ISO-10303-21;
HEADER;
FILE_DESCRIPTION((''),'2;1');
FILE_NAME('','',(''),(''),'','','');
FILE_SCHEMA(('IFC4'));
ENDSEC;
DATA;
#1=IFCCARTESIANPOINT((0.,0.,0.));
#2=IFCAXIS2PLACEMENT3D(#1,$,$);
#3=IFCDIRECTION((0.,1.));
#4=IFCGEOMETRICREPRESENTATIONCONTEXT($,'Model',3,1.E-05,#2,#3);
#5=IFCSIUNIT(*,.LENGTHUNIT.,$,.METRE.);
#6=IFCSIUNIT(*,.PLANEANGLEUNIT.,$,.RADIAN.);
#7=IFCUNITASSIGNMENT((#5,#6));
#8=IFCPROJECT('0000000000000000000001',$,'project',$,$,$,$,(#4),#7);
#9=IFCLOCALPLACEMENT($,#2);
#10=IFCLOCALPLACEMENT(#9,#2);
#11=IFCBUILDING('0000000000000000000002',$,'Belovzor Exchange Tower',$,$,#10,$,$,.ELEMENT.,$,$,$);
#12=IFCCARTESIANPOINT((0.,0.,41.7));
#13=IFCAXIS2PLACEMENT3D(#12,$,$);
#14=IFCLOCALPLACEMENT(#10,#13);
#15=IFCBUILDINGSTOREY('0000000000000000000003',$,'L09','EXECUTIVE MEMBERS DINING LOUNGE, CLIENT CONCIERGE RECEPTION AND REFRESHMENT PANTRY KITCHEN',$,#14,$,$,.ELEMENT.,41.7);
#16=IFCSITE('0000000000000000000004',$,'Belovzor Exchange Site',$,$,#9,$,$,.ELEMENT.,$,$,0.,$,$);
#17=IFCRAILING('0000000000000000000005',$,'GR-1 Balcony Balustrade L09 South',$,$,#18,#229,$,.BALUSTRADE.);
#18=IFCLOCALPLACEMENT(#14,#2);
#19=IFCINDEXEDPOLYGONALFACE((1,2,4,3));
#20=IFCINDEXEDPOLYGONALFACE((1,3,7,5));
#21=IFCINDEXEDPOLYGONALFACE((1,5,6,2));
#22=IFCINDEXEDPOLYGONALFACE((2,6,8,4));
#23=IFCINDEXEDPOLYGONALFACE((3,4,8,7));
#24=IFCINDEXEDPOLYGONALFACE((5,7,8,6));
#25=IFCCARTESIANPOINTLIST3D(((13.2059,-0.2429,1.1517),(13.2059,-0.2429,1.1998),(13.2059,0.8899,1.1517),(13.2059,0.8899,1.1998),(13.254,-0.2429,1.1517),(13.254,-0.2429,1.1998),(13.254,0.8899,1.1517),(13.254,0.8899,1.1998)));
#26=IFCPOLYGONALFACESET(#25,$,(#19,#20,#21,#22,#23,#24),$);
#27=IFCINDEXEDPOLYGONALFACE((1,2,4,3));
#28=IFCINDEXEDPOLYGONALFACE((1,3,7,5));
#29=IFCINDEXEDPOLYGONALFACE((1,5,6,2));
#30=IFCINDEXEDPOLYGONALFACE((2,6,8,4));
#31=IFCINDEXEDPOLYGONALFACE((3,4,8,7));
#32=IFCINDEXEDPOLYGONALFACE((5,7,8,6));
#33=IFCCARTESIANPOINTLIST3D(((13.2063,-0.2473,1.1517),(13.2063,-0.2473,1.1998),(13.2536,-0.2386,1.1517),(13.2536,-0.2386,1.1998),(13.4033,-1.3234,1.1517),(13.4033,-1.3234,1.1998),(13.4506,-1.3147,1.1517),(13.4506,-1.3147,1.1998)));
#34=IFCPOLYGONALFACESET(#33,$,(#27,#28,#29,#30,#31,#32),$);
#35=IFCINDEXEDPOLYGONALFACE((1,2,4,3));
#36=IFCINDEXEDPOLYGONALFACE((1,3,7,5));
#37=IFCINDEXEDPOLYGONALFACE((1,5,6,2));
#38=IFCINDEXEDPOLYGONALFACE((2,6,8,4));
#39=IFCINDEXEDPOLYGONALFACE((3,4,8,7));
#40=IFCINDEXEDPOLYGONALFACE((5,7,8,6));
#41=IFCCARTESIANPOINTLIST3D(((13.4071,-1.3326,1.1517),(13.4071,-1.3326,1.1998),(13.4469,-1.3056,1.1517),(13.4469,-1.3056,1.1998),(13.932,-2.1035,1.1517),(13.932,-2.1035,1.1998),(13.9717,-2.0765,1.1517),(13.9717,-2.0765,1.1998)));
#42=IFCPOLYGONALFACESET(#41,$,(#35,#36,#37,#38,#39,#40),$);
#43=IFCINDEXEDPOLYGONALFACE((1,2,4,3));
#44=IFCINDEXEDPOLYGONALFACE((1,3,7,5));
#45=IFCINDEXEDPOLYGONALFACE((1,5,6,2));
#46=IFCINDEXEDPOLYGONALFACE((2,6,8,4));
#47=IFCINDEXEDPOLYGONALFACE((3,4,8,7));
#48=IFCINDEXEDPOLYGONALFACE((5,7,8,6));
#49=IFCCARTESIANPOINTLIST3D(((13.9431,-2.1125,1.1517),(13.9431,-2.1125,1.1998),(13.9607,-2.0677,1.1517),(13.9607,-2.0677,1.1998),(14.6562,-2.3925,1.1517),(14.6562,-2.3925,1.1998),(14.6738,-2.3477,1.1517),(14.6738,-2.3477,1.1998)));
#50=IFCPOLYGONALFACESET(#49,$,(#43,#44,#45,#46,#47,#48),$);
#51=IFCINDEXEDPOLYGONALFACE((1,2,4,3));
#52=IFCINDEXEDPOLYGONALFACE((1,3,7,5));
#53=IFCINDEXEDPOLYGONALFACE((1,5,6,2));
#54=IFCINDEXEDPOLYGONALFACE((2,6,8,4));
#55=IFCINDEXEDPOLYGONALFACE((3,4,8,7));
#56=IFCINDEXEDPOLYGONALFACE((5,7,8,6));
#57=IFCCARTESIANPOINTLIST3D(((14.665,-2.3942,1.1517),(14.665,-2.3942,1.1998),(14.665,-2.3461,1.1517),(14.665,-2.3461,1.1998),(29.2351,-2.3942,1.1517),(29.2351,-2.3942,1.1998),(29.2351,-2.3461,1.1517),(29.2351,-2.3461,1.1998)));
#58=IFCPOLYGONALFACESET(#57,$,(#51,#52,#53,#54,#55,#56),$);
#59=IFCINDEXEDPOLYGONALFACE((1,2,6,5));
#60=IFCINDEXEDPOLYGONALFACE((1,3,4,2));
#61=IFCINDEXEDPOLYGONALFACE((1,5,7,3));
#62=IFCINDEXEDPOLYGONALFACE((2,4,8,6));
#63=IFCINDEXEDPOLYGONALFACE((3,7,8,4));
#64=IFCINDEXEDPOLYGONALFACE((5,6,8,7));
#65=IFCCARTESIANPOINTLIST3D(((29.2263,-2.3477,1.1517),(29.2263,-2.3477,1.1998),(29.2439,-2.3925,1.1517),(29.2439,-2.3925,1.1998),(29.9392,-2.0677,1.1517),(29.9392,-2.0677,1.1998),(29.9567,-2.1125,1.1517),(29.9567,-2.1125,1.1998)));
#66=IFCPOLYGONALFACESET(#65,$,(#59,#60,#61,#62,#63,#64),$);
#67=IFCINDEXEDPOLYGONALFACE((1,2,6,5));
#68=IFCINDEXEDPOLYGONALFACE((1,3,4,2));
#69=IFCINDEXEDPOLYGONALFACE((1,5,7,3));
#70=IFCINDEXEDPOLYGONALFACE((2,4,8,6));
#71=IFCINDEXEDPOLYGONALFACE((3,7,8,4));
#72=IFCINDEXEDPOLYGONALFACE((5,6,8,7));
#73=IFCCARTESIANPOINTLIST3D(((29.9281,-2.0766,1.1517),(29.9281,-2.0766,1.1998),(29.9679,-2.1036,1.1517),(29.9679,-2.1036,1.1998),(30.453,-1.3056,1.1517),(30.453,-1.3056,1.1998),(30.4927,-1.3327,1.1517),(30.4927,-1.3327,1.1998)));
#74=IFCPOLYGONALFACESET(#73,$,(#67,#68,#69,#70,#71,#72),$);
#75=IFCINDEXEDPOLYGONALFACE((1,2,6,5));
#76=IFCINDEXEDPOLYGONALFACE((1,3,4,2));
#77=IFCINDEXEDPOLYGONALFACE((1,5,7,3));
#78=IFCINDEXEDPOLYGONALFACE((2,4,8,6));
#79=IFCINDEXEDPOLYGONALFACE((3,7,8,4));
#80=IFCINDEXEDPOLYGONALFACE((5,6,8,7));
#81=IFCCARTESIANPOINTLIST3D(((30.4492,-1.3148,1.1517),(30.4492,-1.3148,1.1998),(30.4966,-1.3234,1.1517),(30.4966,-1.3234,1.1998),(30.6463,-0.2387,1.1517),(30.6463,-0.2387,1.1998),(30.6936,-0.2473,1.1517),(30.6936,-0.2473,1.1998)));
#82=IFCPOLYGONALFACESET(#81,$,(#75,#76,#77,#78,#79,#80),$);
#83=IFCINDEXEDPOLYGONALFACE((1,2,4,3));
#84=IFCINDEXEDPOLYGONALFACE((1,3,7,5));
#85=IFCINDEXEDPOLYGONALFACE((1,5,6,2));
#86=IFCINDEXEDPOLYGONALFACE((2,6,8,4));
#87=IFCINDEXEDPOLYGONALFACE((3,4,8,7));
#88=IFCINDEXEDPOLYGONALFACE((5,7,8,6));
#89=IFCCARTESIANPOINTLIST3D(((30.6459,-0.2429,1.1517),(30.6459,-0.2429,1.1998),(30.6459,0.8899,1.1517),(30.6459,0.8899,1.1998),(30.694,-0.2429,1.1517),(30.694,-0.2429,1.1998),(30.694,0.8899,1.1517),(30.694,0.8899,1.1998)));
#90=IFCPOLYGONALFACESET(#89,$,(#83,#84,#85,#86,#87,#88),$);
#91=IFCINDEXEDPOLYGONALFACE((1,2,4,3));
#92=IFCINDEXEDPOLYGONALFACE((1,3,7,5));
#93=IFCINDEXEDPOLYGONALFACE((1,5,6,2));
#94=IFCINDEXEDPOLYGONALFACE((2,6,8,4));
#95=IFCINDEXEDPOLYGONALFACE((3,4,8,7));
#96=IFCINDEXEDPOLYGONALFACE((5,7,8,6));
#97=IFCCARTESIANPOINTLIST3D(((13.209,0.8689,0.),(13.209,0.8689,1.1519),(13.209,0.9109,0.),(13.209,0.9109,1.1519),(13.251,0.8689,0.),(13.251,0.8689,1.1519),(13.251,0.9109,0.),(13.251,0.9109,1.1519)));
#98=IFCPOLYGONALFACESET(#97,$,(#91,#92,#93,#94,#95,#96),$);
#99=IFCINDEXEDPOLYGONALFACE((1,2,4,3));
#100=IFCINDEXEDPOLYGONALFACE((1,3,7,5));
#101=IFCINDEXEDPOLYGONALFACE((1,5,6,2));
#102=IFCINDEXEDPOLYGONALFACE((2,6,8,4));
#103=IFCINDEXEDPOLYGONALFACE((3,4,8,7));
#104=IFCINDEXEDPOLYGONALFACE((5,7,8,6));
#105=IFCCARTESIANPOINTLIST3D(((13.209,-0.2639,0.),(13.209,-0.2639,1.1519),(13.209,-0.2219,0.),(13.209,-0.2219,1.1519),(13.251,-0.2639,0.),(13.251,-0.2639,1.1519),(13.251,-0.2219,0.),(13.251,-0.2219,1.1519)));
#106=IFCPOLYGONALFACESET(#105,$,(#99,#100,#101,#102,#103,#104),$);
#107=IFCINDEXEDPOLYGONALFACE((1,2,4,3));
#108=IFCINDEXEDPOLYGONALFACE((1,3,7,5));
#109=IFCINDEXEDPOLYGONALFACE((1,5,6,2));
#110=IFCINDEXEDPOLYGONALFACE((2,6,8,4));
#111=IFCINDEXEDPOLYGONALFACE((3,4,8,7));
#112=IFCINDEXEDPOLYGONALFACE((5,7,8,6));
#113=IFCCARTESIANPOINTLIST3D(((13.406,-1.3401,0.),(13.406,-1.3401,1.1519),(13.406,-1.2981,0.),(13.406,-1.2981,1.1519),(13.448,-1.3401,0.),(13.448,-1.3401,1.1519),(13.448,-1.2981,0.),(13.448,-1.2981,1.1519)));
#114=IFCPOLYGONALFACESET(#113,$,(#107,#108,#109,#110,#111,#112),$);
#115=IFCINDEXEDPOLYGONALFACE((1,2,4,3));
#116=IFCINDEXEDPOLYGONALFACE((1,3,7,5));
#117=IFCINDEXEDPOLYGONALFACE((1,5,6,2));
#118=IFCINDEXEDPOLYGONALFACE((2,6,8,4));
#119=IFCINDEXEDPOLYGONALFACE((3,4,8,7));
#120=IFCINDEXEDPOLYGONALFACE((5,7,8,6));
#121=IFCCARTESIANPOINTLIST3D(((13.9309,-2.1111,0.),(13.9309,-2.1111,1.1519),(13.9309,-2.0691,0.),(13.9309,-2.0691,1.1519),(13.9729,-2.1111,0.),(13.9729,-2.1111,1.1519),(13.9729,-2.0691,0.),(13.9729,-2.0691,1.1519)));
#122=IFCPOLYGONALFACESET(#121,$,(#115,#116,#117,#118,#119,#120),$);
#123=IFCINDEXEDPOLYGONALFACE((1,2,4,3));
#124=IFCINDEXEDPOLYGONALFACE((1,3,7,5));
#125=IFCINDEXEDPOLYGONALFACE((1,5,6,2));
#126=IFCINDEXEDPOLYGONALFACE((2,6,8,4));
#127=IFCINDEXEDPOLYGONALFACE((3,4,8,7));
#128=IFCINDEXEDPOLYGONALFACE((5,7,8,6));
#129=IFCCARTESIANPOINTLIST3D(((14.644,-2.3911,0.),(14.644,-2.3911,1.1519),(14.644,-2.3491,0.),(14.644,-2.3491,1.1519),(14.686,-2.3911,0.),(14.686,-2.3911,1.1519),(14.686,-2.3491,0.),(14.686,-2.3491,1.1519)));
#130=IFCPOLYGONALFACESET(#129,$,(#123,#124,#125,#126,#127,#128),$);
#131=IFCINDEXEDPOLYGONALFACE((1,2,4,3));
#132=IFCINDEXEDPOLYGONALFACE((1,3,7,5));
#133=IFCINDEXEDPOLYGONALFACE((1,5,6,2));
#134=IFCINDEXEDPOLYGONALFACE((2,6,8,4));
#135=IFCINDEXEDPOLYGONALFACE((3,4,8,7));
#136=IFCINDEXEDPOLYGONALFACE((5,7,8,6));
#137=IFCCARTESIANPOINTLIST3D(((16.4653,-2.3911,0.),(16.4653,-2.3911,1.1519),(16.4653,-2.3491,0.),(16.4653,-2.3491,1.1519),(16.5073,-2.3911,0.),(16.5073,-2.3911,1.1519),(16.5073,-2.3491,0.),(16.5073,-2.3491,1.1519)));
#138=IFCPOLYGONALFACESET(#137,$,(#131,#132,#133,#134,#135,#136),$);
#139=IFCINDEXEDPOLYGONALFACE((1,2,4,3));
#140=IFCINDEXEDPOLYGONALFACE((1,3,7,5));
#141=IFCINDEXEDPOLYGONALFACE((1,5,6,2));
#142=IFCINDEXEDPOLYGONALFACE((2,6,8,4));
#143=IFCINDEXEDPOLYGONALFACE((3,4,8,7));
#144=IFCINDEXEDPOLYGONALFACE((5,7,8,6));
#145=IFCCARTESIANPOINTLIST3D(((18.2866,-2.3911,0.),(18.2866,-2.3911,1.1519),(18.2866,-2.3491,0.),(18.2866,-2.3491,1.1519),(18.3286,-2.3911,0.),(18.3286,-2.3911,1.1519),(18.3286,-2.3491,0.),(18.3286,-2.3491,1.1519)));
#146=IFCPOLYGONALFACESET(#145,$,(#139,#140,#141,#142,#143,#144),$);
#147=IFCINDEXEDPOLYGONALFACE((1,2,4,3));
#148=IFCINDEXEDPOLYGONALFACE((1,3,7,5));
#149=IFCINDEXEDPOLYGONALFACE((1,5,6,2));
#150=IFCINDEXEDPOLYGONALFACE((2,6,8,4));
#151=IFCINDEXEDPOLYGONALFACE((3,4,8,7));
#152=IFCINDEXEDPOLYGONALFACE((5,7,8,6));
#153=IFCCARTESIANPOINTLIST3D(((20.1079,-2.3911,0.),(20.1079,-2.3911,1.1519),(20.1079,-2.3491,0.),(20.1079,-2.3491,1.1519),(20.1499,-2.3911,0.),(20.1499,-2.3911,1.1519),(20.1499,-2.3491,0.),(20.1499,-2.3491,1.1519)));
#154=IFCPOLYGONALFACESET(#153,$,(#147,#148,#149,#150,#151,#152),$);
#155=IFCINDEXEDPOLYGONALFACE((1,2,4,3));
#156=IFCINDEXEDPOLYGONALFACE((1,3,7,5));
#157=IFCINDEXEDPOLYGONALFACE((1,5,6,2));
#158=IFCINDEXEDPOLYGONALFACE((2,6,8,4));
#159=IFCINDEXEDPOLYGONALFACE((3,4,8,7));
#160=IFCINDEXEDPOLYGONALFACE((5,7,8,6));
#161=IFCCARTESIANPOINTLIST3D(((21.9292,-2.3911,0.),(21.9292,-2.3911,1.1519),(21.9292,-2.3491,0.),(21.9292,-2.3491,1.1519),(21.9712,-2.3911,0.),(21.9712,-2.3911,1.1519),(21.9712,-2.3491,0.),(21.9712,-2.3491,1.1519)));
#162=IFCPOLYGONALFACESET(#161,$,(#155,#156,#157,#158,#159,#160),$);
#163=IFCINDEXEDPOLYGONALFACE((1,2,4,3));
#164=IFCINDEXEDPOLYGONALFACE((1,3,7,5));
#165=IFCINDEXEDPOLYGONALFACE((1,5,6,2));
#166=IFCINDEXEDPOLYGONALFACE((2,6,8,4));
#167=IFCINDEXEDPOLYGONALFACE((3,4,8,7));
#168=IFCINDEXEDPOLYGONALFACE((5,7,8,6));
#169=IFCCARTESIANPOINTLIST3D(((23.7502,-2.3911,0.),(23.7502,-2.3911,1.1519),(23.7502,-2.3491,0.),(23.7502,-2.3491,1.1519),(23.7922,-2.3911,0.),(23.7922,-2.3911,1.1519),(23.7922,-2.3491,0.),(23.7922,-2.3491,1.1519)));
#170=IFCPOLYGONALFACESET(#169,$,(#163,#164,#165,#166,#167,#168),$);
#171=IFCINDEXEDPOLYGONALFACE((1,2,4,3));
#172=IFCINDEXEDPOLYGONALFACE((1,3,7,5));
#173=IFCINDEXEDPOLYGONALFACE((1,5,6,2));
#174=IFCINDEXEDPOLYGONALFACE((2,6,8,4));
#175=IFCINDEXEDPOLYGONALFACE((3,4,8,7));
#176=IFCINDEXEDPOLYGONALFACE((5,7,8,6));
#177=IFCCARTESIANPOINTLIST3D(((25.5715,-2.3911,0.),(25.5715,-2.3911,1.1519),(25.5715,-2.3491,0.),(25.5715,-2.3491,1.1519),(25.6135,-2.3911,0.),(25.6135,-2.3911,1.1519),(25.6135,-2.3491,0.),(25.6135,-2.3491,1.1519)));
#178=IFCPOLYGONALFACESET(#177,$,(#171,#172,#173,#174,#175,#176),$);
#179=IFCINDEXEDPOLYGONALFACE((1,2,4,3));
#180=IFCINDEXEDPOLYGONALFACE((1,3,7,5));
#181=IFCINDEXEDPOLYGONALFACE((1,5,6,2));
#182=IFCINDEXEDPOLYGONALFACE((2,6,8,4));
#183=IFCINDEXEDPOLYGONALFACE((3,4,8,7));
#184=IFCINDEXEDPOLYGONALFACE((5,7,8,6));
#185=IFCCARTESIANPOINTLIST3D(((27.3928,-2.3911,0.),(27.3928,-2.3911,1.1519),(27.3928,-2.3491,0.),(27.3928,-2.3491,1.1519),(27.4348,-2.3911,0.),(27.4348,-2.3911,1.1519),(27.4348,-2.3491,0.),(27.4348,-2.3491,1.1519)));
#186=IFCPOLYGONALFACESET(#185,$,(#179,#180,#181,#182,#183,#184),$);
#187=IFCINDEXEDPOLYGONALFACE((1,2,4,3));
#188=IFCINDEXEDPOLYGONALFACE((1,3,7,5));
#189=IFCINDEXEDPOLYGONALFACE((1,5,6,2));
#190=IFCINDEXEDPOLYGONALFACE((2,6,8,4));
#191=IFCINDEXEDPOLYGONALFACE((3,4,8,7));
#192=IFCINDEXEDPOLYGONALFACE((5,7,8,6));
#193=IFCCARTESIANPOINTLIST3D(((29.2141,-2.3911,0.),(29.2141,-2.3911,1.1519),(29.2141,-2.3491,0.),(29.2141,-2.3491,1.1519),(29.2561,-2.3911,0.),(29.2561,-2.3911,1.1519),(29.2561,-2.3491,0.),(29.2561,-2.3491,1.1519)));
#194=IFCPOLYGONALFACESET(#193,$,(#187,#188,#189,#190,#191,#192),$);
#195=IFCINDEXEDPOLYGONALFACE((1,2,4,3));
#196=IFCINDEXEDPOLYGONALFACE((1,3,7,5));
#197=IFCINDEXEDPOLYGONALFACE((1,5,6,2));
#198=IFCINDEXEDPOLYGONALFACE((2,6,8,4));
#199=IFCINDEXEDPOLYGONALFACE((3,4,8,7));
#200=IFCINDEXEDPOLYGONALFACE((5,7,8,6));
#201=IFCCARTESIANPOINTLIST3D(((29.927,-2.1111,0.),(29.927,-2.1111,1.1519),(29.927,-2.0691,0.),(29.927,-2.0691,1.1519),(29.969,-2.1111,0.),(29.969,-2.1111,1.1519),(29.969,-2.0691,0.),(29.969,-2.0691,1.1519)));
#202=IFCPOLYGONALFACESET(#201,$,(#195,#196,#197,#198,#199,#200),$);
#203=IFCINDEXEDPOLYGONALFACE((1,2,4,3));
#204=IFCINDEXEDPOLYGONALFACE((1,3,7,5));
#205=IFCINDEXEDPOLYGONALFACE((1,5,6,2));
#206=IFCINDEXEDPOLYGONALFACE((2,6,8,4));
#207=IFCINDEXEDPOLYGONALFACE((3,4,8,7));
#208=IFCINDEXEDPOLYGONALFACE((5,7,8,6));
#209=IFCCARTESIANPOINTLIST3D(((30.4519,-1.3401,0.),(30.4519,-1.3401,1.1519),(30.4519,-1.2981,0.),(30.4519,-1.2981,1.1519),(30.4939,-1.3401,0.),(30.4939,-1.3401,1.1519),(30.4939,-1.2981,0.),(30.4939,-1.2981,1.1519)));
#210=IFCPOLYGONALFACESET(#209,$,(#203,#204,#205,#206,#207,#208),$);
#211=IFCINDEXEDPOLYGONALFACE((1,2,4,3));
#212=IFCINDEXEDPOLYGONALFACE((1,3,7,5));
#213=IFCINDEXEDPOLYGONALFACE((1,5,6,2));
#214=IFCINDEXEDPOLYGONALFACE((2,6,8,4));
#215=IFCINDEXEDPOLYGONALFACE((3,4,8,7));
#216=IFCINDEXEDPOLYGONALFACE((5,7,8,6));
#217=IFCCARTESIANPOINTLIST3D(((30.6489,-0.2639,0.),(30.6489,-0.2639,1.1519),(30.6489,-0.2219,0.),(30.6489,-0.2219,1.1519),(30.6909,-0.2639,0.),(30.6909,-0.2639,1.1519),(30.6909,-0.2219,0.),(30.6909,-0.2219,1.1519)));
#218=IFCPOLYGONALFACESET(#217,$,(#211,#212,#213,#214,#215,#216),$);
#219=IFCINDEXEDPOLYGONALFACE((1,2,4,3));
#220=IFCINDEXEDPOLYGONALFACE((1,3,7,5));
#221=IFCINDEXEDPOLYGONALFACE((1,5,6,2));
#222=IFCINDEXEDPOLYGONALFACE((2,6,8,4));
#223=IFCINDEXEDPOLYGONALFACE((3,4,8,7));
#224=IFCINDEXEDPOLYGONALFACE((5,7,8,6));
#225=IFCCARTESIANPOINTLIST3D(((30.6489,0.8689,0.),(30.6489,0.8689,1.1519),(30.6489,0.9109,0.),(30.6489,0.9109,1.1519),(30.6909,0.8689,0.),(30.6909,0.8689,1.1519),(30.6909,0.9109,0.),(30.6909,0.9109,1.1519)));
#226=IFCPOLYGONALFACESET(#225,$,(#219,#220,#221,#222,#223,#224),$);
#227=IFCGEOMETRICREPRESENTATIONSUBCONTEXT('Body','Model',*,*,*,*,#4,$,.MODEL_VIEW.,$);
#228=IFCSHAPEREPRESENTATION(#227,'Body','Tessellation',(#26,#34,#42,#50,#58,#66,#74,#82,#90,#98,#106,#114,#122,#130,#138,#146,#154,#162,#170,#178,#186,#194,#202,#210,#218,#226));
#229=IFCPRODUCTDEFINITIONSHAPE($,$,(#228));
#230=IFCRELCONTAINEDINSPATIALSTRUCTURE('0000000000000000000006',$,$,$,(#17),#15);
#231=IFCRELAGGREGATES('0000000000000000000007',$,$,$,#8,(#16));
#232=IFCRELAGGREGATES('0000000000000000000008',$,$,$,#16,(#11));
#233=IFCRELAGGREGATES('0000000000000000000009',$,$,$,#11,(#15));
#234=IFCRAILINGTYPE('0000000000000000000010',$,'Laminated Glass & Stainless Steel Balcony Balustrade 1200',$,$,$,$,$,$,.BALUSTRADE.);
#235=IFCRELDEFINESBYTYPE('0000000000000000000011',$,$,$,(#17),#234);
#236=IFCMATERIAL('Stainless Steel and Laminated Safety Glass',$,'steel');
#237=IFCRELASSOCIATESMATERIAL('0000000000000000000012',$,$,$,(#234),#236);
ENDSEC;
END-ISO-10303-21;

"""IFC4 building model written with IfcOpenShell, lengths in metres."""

from ifc_helpers import new_model, si_unit, direction, frame, origin, origin_2d, place, context, subcontext, project, spatial, rectangle, extrude, material, type_object, element, save


model = new_model("IFC4")

# Units and contexts
model_context = context("Model", 3, precision=1e-05, world=origin(), true_north=direction((0.0, 1.0)))
body_context = subcontext(model_context, "Body", "Model", "MODEL_VIEW")
ifc_project = project(units=[si_unit("LENGTHUNIT", "METRE"), si_unit("PLANEANGLEUNIT", "RADIAN")], contexts=[model_context])

# Site, building, storey
site_placement = place(None, origin())
site = spatial("IfcSite", under=ifc_project, at=site_placement, Name="Belovzor Exchange Site", CompositionType="ELEMENT", RefElevation=0.0)
building_placement = place(site_placement, origin())
building = spatial("IfcBuilding", under=site, at=building_placement, Name="Belovzor Exchange Tower", CompositionType="ELEMENT")
storey_placement = place(building_placement, frame((0.0, 0.0, 41.7)))
storey = spatial("IfcBuildingStorey", under=building, at=storey_placement, Name="L09", Description="EXECUTIVE MEMBERS DINING LOUNGE, CLIENT CONCIERGE RECEPTION AND REFRESHMENT PANTRY KITCHEN", CompositionType="ELEMENT", Elevation=41.7)

# Railing
ifc_material_1 = material(Name="Stainless Steel and Laminated Safety Glass", Category="steel")
railing_type = type_object("IfcRailingType", Name="Laminated Glass & Stainless Steel Balcony Balustrade 1200", PredefinedType="BALUSTRADE", material=ifc_material_1)
railing_placement = place(storey_placement, frame((13.23, 0.8899, 0.0)))
element("IfcRailing", 1, at=railing_placement, inside=storey, type_object=railing_type, Name="GR-1 Balcony Balustrade L09 South", PredefinedType="BALUSTRADE", context=body_context, shape_type="SweptSolid", body=[
    extrude(rectangle(XDim=0.0481, YDim=0.0481, at=origin_2d()), frame((0.0, 0.0, 1.1758), z_axis=(0.0, -1.0, 0.0), x_axis=(1.0, 0.0, 0.0)), (0.0, 0.0, 1.0), 1.1328),
    extrude(rectangle(XDim=0.0481, YDim=0.0481, at=origin_2d()), frame((0.0, -1.1328, 1.1758), z_axis=(0.180083, -0.983651, 0.0), x_axis=(0.983651, 0.180083, 0.0)), (0.0, 0.0, 1.0), 1.094),
    extrude(rectangle(XDim=0.0481, YDim=0.0481, at=origin_2d()), frame((0.197, -2.209, 1.1758), z_axis=(0.562768, -0.826615, 0.0), x_axis=(0.826615, 0.562768, 0.0)), (0.0, 0.0, 1.0), 0.9326),
    extrude(rectangle(XDim=0.0481, YDim=0.0481, at=origin_2d()), frame((0.7219, -2.98, 1.1758), z_axis=(0.93081, -0.365504, 0.0), x_axis=(0.365504, 0.93081, 0.0)), (0.0, 0.0, 1.0), 0.7661),
    extrude(rectangle(XDim=0.0481, YDim=0.0481, at=origin_2d()), frame((1.4351, -3.26, 1.1758), z_axis=(1.0, 0.0, 0.0), x_axis=(0.0, 1.0, 0.0)), (0.0, 0.0, 1.0), 14.5701),
    extrude(rectangle(XDim=0.0481, YDim=0.0481, at=origin_2d()), frame((16.0051, -3.26, 1.1758), z_axis=(0.930767, 0.365613, 0.0), x_axis=(-0.365613, 0.930767, 0.0)), (0.0, 0.0, 1.0), 0.7659),
    extrude(rectangle(XDim=0.0481, YDim=0.0481, at=origin_2d()), frame((16.718, -2.98, 1.1758), z_axis=(0.562768, 0.826615, 0.0), x_axis=(-0.826615, 0.562768, 0.0)), (0.0, 0.0, 1.0), 0.9326),
    extrude(rectangle(XDim=0.0481, YDim=0.0481, at=origin_2d()), frame((17.2429, -2.209, 1.1758), z_axis=(0.180083, 0.983651, 0.0), x_axis=(-0.983651, 0.180083, 0.0)), (0.0, 0.0, 1.0), 1.094),
    extrude(rectangle(XDim=0.0481, YDim=0.0481, at=origin_2d()), frame((17.4399, -1.1328, 1.1758), z_axis=(0.0, 1.0, 0.0), x_axis=(-1.0, 0.0, 0.0)), (0.0, 0.0, 1.0), 1.1328),
    extrude(rectangle(XDim=0.042, YDim=0.042, at=origin_2d()), origin(), (0.0, 0.0, 1.0), 1.1519),
    extrude(rectangle(XDim=0.042, YDim=0.042, at=origin_2d()), frame((0.0, -1.1328, 0.0)), (0.0, 0.0, 1.0), 1.1519),
    extrude(rectangle(XDim=0.042, YDim=0.042, at=origin_2d()), frame((0.197, -2.209, 0.0)), (0.0, 0.0, 1.0), 1.1519),
    extrude(rectangle(XDim=0.042, YDim=0.042, at=origin_2d()), frame((0.7219, -2.98, 0.0)), (0.0, 0.0, 1.0), 1.1519),
    extrude(rectangle(XDim=0.042, YDim=0.042, at=origin_2d()), frame((1.4351, -3.26, 0.0)), (0.0, 0.0, 1.0), 1.1519),
    extrude(rectangle(XDim=0.042, YDim=0.042, at=origin_2d()), frame((3.2563, -3.26, 0.0)), (0.0, 0.0, 1.0), 1.1519),
    extrude(rectangle(XDim=0.042, YDim=0.042, at=origin_2d()), frame((5.0776, -3.26, 0.0)), (0.0, 0.0, 1.0), 1.1519),
    extrude(rectangle(XDim=0.042, YDim=0.042, at=origin_2d()), frame((6.8989, -3.26, 0.0)), (0.0, 0.0, 1.0), 1.1519),
    extrude(rectangle(XDim=0.042, YDim=0.042, at=origin_2d()), frame((8.7202, -3.26, 0.0)), (0.0, 0.0, 1.0), 1.1519),
    extrude(rectangle(XDim=0.042, YDim=0.042, at=origin_2d()), frame((10.5413, -3.26, 0.0)), (0.0, 0.0, 1.0), 1.1519),
    extrude(rectangle(XDim=0.042, YDim=0.042, at=origin_2d()), frame((12.3625, -3.26, 0.0)), (0.0, 0.0, 1.0), 1.1519),
    extrude(rectangle(XDim=0.042, YDim=0.042, at=origin_2d()), frame((14.1838, -3.26, 0.0)), (0.0, 0.0, 1.0), 1.1519),
    extrude(rectangle(XDim=0.042, YDim=0.042, at=origin_2d()), frame((16.0051, -3.26, 0.0)), (0.0, 0.0, 1.0), 1.1519),
    extrude(rectangle(XDim=0.042, YDim=0.042, at=origin_2d()), frame((16.718, -2.98, 0.0)), (0.0, 0.0, 1.0), 1.1519),
    extrude(rectangle(XDim=0.042, YDim=0.042, at=origin_2d()), frame((17.2429, -2.209, 0.0)), (0.0, 0.0, 1.0), 1.1519),
    extrude(rectangle(XDim=0.042, YDim=0.042, at=origin_2d()), frame((17.4399, -1.1328, 0.0)), (0.0, 0.0, 1.0), 1.1519),
    extrude(rectangle(XDim=0.042, YDim=0.042, at=origin_2d()), frame((17.4399, 0.0, 0.0)), (0.0, 0.0, 1.0), 1.1519),
])

save(model, "model.ifc")
